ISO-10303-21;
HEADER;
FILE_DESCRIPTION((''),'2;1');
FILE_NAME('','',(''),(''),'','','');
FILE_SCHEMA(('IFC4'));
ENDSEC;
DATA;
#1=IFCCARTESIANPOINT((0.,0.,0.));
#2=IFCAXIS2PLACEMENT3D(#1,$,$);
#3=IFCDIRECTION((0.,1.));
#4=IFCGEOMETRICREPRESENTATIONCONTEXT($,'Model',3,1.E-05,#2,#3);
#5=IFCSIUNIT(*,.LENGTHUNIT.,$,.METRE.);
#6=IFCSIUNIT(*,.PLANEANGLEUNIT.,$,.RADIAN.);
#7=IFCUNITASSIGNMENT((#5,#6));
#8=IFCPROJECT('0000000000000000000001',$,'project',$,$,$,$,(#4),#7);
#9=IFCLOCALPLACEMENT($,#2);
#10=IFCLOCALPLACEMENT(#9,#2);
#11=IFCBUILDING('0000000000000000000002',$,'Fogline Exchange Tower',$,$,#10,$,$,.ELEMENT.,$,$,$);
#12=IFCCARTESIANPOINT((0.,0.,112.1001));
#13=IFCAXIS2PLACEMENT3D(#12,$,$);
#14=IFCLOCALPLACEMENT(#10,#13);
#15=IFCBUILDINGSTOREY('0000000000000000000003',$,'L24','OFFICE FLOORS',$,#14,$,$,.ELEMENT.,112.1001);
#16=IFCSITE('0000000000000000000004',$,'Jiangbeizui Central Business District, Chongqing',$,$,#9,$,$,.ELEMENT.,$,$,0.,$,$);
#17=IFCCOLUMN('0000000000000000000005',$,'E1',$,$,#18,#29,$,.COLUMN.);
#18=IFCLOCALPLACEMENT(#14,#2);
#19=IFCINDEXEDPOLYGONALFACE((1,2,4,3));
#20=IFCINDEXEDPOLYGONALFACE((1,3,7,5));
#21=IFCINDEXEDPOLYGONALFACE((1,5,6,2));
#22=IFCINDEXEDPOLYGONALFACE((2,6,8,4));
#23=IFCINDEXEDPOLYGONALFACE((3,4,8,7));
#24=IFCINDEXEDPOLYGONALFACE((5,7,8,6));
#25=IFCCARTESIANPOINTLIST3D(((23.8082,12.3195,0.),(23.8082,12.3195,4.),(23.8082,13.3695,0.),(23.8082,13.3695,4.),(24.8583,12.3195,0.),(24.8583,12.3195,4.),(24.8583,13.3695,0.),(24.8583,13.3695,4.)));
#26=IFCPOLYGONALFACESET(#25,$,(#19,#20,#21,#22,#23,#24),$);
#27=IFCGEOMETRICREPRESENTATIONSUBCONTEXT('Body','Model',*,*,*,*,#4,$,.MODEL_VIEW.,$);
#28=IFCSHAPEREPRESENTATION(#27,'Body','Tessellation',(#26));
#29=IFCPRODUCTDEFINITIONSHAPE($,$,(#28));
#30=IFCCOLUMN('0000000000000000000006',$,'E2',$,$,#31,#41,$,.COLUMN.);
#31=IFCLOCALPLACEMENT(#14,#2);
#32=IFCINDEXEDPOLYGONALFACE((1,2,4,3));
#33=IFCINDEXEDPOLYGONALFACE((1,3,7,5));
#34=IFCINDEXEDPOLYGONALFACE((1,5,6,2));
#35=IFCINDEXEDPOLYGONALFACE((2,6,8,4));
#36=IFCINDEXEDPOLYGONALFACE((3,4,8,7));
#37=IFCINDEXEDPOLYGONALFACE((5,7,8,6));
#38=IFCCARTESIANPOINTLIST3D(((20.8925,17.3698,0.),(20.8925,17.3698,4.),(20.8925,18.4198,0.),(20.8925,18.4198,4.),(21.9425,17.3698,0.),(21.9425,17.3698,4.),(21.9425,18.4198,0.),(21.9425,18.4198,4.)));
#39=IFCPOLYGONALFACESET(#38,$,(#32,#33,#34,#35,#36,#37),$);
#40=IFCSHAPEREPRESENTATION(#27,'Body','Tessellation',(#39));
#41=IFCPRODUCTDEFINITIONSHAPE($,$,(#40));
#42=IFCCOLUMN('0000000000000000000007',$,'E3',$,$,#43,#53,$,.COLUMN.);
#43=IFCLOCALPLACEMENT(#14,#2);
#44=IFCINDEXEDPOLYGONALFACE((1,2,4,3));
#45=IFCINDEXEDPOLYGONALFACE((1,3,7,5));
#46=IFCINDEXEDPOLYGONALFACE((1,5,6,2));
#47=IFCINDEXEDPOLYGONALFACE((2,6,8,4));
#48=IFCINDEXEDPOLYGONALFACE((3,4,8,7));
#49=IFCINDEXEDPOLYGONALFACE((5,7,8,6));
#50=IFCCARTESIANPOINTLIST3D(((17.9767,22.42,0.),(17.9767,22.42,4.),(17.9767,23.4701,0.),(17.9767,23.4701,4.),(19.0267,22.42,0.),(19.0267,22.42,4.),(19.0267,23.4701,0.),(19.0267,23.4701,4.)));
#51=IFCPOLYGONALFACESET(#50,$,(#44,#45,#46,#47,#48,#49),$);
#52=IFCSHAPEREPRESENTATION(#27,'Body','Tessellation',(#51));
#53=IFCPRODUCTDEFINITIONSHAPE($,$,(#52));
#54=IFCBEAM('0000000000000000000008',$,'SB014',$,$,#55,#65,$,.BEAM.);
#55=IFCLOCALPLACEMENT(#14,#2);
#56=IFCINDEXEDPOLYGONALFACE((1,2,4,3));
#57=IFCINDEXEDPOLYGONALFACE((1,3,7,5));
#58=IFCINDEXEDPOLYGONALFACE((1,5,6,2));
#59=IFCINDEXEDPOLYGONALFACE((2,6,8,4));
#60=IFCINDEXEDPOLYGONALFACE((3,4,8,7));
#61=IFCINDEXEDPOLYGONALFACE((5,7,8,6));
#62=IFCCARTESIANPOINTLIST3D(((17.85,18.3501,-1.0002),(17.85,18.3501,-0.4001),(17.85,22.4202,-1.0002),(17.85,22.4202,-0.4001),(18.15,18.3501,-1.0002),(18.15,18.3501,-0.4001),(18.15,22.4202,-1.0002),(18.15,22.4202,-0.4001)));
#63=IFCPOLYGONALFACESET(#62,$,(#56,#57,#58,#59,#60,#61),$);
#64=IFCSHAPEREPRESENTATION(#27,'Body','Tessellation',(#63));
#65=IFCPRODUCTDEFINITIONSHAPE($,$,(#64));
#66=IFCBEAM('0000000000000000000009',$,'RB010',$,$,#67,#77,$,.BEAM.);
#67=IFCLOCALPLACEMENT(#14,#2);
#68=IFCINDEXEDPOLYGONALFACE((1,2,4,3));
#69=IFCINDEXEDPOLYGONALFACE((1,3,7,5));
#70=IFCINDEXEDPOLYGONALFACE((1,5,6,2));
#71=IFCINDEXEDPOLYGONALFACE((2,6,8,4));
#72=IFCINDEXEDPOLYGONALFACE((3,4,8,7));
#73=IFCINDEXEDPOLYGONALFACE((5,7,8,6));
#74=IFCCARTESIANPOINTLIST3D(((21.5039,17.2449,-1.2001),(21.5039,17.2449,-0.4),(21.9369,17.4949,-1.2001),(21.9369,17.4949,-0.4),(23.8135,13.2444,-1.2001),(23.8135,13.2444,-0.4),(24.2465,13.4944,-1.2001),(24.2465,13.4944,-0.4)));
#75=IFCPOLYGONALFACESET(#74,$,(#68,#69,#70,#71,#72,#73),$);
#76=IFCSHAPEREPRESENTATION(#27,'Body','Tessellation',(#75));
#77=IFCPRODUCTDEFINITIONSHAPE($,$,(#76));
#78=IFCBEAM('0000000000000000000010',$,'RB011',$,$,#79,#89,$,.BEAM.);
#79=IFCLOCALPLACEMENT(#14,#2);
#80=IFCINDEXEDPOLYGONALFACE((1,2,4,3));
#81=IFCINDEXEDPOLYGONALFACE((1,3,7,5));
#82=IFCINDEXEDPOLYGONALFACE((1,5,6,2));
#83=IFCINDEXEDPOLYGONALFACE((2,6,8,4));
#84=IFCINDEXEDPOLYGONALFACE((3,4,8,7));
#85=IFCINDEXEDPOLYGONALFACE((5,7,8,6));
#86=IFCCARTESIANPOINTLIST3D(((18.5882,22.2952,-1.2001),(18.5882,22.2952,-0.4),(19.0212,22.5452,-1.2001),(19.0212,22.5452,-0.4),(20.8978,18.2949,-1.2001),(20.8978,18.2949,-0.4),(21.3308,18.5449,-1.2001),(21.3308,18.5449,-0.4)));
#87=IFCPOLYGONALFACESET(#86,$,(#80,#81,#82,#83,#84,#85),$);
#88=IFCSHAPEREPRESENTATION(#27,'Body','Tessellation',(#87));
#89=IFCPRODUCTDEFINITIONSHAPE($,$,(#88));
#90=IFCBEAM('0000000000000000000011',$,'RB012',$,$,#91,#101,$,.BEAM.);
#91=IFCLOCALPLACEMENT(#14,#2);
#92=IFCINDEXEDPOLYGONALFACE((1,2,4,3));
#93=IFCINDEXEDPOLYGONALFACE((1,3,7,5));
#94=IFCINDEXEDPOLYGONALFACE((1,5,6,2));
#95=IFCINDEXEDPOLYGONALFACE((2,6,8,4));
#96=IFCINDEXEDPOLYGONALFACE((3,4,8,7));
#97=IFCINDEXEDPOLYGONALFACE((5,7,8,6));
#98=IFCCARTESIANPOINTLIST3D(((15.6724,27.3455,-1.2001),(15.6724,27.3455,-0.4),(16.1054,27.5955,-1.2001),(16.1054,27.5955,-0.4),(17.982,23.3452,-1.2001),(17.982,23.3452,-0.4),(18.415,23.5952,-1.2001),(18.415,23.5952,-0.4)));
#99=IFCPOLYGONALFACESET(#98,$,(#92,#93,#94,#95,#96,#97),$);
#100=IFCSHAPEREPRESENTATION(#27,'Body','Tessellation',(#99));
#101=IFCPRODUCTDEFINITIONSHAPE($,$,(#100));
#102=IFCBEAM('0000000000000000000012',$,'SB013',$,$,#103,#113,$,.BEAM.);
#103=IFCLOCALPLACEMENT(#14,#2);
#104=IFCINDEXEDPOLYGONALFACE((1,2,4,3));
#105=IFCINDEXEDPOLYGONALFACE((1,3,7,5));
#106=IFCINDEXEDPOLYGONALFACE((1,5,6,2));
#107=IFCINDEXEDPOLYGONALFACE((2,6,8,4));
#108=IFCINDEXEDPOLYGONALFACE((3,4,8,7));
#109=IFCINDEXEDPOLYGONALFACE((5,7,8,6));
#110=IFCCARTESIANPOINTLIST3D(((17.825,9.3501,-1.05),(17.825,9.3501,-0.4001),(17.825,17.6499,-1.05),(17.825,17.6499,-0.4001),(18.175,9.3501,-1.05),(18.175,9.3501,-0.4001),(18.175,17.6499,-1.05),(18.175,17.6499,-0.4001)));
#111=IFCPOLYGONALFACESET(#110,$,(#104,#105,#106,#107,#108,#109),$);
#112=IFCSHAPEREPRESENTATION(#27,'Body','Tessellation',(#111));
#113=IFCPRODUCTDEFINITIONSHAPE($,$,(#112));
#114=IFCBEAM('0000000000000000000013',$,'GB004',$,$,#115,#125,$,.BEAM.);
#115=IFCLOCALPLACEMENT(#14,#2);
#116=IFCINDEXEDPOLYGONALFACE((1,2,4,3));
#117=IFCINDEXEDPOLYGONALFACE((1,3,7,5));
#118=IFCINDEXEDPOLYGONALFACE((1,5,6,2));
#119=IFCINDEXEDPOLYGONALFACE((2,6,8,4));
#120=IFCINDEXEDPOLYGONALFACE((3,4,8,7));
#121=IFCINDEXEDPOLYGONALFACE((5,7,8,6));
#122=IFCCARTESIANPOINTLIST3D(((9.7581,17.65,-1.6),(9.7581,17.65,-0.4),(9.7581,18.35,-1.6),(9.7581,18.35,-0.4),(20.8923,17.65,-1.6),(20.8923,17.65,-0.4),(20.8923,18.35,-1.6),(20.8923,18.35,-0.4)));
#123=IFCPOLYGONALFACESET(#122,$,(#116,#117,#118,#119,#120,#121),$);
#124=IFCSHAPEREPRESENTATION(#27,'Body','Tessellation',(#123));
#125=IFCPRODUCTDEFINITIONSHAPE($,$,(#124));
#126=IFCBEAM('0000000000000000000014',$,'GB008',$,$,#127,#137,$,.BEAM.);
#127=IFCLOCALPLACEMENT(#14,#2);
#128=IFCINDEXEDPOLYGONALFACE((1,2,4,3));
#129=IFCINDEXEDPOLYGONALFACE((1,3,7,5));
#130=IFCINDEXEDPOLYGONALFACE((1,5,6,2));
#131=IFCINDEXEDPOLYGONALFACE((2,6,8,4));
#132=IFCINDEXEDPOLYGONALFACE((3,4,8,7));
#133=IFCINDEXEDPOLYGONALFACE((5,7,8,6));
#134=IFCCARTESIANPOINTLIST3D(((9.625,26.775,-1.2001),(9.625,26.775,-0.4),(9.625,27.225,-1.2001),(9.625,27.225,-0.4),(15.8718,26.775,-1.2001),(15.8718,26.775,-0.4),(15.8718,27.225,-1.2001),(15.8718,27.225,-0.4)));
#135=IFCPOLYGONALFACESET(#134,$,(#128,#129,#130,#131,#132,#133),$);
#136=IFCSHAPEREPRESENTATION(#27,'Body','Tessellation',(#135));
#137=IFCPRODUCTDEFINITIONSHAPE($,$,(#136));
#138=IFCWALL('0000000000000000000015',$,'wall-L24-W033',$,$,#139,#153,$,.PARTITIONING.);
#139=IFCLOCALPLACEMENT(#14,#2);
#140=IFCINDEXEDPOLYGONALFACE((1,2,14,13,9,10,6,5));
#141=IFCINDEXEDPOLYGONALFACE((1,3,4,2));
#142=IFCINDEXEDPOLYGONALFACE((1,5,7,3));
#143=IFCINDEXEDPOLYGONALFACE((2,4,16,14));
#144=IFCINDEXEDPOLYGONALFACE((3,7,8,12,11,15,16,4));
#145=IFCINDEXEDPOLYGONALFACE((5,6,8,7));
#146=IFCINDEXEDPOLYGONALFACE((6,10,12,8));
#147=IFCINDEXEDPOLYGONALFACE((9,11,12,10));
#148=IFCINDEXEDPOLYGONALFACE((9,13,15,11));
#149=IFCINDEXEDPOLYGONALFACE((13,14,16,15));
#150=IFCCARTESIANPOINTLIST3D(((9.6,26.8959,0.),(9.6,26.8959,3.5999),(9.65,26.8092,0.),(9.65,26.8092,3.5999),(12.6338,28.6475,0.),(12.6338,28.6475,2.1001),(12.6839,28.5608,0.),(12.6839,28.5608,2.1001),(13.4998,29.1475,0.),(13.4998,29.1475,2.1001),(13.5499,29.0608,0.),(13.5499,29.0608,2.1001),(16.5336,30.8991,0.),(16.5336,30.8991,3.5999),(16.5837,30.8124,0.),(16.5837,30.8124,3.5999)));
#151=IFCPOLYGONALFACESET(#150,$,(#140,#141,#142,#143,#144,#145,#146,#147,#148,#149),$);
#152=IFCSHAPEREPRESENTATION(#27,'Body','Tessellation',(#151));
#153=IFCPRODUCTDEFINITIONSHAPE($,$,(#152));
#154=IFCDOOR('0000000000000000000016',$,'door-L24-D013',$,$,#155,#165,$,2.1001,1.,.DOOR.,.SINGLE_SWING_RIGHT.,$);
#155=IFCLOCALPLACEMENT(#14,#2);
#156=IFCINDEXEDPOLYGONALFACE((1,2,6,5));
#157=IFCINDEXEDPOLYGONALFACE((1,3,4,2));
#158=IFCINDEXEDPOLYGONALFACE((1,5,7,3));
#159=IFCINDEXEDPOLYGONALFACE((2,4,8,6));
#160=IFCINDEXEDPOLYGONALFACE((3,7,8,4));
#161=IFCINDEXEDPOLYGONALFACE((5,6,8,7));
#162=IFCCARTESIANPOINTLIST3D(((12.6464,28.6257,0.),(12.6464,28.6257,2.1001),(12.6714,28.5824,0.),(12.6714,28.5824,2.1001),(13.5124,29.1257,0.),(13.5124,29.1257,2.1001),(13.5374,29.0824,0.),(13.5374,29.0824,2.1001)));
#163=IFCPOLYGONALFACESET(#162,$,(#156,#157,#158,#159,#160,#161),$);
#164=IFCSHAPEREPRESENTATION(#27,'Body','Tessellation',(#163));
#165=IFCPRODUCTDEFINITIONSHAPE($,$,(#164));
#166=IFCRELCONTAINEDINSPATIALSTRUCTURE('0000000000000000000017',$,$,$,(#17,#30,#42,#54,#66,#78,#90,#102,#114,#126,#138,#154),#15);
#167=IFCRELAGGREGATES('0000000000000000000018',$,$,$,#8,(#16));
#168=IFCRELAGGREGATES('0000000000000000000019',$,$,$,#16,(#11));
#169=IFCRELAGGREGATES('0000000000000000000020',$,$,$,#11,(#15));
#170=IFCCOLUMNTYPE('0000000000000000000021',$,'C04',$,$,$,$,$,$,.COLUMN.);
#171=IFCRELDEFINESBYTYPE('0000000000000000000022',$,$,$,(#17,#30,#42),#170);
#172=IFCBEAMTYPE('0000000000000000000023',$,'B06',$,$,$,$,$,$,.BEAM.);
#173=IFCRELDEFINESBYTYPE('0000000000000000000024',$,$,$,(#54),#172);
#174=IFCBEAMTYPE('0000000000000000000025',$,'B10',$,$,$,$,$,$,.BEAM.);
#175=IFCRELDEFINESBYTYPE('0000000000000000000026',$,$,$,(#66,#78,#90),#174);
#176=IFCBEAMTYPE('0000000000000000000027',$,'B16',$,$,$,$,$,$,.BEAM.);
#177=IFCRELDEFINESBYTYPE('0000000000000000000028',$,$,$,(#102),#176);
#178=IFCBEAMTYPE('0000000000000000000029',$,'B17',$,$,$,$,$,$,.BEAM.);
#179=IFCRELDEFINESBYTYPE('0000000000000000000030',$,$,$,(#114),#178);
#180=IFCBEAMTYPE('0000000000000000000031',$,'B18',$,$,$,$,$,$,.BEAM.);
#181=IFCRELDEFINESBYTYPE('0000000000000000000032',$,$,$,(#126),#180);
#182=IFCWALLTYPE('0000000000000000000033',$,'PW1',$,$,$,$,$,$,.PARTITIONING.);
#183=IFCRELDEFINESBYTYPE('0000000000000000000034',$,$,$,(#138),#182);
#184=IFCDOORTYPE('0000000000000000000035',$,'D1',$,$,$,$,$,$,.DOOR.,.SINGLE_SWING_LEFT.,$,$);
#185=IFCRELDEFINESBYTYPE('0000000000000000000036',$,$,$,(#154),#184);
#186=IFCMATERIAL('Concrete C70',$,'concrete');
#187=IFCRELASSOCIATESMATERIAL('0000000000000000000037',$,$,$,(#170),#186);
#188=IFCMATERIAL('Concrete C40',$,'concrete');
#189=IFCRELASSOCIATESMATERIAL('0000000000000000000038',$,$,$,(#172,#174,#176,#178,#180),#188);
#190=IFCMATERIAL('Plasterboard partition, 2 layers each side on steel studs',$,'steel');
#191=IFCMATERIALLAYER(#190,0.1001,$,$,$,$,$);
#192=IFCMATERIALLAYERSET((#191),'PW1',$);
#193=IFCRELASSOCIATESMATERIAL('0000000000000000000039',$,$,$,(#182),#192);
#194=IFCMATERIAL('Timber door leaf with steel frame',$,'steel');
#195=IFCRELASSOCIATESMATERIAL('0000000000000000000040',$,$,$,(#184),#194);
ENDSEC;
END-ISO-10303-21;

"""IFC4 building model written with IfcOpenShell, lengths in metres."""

from ifc_helpers import new_model, si_unit, direction, frame, frame_2d, origin, origin_2d, place, context, subcontext, project, spatial, rectangle, extrude, material, layer, layer_set, material_profile, profile_set, type_object, element, fill, save


model = new_model("IFC4")

# Units and contexts
model_context = context("Model", 3, precision=1e-05, world=origin(), true_north=direction((0.0, 1.0)))
body_context = subcontext(model_context, "Body", "Model", "MODEL_VIEW")
ifc_project = project(units=[si_unit("LENGTHUNIT", "METRE"), si_unit("PLANEANGLEUNIT", "RADIAN")], contexts=[model_context])

# Site, building, storey
site_placement = place(None, origin())
site = spatial("IfcSite", under=ifc_project, at=site_placement, Name="Jiangbeizui Central Business District, Chongqing", CompositionType="ELEMENT", RefElevation=0.0)
building_placement = place(site_placement, origin())
building = spatial("IfcBuilding", under=site, at=building_placement, Name="Fogline Exchange Tower", CompositionType="ELEMENT")
storey_placement = place(building_placement, frame((0.0, 0.0, 112.1001)))
storey = spatial("IfcBuildingStorey", under=building, at=storey_placement, Name="L24", Description="OFFICE FLOORS", CompositionType="ELEMENT", Elevation=112.1001)

# Columns
ifc_material_1 = material(Name="Concrete C70", Category="concrete")
ifc_material_profile_1 = material_profile(ifc_material_1, rectangle(XDim=1.05, YDim=1.05, at=origin_2d()), Name="RC 1050x1050")
ifc_profile_set_1 = profile_set([ifc_material_profile_1], Name="Concrete C70")
column_type = type_object("IfcColumnType", Name="C04", PredefinedType="COLUMN", material=ifc_profile_set_1)
for number, where, z_axis, x_axis, name in (
    (1, (24.3333, 12.8445, 0.0), (0.0, 0.0, 1.0), (1.0, 0.0, 0.0), "E1"),
    (2, (21.4175, 17.8948, 0.0), (0.0, 0.0, 1.0), (1.0, 0.0, 0.0), "E2"),
    (3, (18.5017, 22.9451, 0.0), (0.0, 0.0, 1.0), (1.0, 0.0, 0.0), "E3"),
):
    element("IfcColumn", number, at=place(storey_placement, frame(where, z_axis=z_axis, x_axis=x_axis)), inside=storey, type_object=column_type, Name=name, PredefinedType="COLUMN", context=body_context, shape_type="SweptSolid", body=[
        extrude(rectangle(XDim=1.05, YDim=1.05, at=origin_2d()), origin(), (0.0, 0.0, 1.0), 4.0),
    ])

# Beams
ifc_material_2 = material(Name="Concrete C40", Category="concrete")
ifc_material_profile_2 = material_profile(ifc_material_2, rectangle(XDim=0.3, YDim=0.6001, at=origin_2d()), Name="RC 300x600")
ifc_profile_set_2 = profile_set([ifc_material_profile_2], Name="Concrete C40")
beam_type_1 = type_object("IfcBeamType", Name="B06", PredefinedType="BEAM", material=ifc_profile_set_2)
beam_1_placement = place(storey_placement, frame((18.0, 18.3501, -0.7002), z_axis=(0.0, 1.0, 0.0), x_axis=(-1.0, 0.0, 0.0)))
element("IfcBeam", 4, at=beam_1_placement, inside=storey, type_object=beam_type_1, Name="SB014", PredefinedType="BEAM", context=body_context, shape_type="SweptSolid", body=[
    extrude(rectangle(XDim=0.3, YDim=0.6001, at=origin_2d()), origin(), (0.0, 0.0, 1.0), 4.0701),
])
ifc_material_profile_3 = material_profile(ifc_material_2, rectangle(XDim=0.5, YDim=0.8, at=origin_2d()), Name="RC 500x800")
ifc_profile_set_3 = profile_set([ifc_material_profile_3], Name="Concrete C40")
beam_type_2 = type_object("IfcBeamType", Name="B10", PredefinedType="BEAM", material=ifc_profile_set_3)
beam_2_placement = place(storey_placement, frame((24.03, 13.3694, -0.8), z_axis=(-0.499982, 0.866036, 0.0), x_axis=(-0.866036, -0.499982, 0.0)))
element("IfcBeam", 5, at=beam_2_placement, inside=storey, type_object=beam_type_2, Name="RB010", PredefinedType="BEAM", context=body_context, shape_type="SweptSolid", body=[
    extrude(rectangle(XDim=0.5, YDim=0.8, at=origin_2d()), origin(), (0.0, 0.0, 1.0), 4.6194),
])
for number, where, z_axis, x_axis, name in (
    (6, (21.1143, 18.4199, -0.8), (-0.500005, 0.866023, 0.0), (-0.866023, -0.500005, 0.0), "RB011"),
    (7, (18.1985, 23.4702, -0.8), (-0.500005, 0.866023, 0.0), (-0.866023, -0.500005, 0.0), "RB012"),
):
    element("IfcBeam", number, at=place(storey_placement, frame(where, z_axis=z_axis, x_axis=x_axis)), inside=storey, type_object=beam_type_2, Name=name, PredefinedType="BEAM", context=body_context, shape_type="SweptSolid", body=[
        extrude(rectangle(XDim=0.5, YDim=0.8, at=origin_2d()), origin(), (0.0, 0.0, 1.0), 4.6191),
    ])
ifc_material_profile_4 = material_profile(ifc_material_2, rectangle(XDim=0.3501, YDim=0.6499, at=origin_2d()), Name="RC 350x650")
ifc_profile_set_4 = profile_set([ifc_material_profile_4], Name="Concrete C40")
beam_type_3 = type_object("IfcBeamType", Name="B16", PredefinedType="BEAM", material=ifc_profile_set_4)
beam_3_placement = place(storey_placement, frame((18.0, 9.3501, -0.7251), z_axis=(0.0, 1.0, 0.0), x_axis=(-1.0, 0.0, 0.0)))
element("IfcBeam", 8, at=beam_3_placement, inside=storey, type_object=beam_type_3, Name="SB013", PredefinedType="BEAM", context=body_context, shape_type="SweptSolid", body=[
    extrude(rectangle(XDim=0.3501, YDim=0.6499, at=origin_2d()), origin(), (0.0, 0.0, 1.0), 8.2998),
])
ifc_material_profile_5 = material_profile(ifc_material_2, rectangle(XDim=0.7, YDim=1.2, at=origin_2d()), Name="RC 700x1200")
ifc_profile_set_5 = profile_set([ifc_material_profile_5], Name="Concrete C40")
beam_type_4 = type_object("IfcBeamType", Name="B17", PredefinedType="BEAM", material=ifc_profile_set_5)
beam_4_placement = place(storey_placement, frame((9.7581, 18.0, -1.0), z_axis=(1.0, 0.0, 0.0), x_axis=(0.0, 1.0, 0.0)))
element("IfcBeam", 9, at=beam_4_placement, inside=storey, type_object=beam_type_4, Name="GB004", PredefinedType="BEAM", context=body_context, shape_type="SweptSolid", body=[
    extrude(rectangle(XDim=0.7, YDim=1.2, at=origin_2d()), origin(), (0.0, 0.0, 1.0), 11.1343),
])
ifc_material_profile_6 = material_profile(ifc_material_2, rectangle(XDim=0.45, YDim=0.8, at=origin_2d()), Name="RC 450x800")
ifc_profile_set_6 = profile_set([ifc_material_profile_6], Name="Concrete C40")
beam_type_5 = type_object("IfcBeamType", Name="B18", PredefinedType="BEAM", material=ifc_profile_set_6)
beam_5_placement = place(storey_placement, frame((9.625, 27.0, -0.8), z_axis=(1.0, 0.0, 0.0), x_axis=(0.0, 1.0, 0.0)))
element("IfcBeam", 10, at=beam_5_placement, inside=storey, type_object=beam_type_5, Name="GB008", PredefinedType="BEAM", context=body_context, shape_type="SweptSolid", body=[
    extrude(rectangle(XDim=0.45, YDim=0.8, at=origin_2d()), origin(), (0.0, 0.0, 1.0), 6.2468),
])

# Wall, opening, door
ifc_material_3 = material(Name="Plasterboard partition, 2 layers each side on steel studs", Category="steel")
ifc_layer_1 = layer(ifc_material_3, 0.1001)
ifc_layer_set_1 = layer_set([ifc_layer_1], Name="PW1")
wall_type_1 = type_object("IfcWallType", Name="PW1", PredefinedType="PARTITIONING", material=ifc_layer_set_1)
wall_1_placement = place(storey_placement, frame((9.625, 26.8525, 0.0), z_axis=(0.0, 0.0, 1.0), x_axis=(0.866022, 0.500006, 0.0)))
wall_1 = element("IfcWall", 11, at=wall_1_placement, inside=storey, type_object=wall_type_1, Name="wall-L24-W033", PredefinedType="PARTITIONING", context=body_context, shape_type="SweptSolid", body=[
    extrude(rectangle(XDim=8.0063, YDim=0.1001, at=frame_2d((4.0032, 0.0))), origin(), (0.0, 0.0, 1.0), 3.5999),
])
opening_1_placement = place(wall_1_placement, frame((3.5032, 0.0, 0.0)))
opening_1 = element("IfcOpeningElement", 12, at=opening_1_placement, cuts=wall_1, PredefinedType="OPENING", context=body_context, shape_type="SweptSolid", body=[
    extrude(rectangle(XDim=1.0, YDim=2.1001, at=frame_2d((0.5, 1.05))), frame((0.0, 0.0601, 0.0), z_axis=(0.0, -1.0, 0.0), x_axis=(1.0, 0.0, 0.0)), (0.0, 0.0, 1.0), 0.1201),
])
ifc_material_4 = material(Name="Timber door leaf with steel frame", Category="steel")
door_type_1 = type_object("IfcDoorType", Name="D1", OperationType="SINGLE_SWING_LEFT", PredefinedType="DOOR", material=ifc_material_4)
door_1_placement = place(opening_1_placement, origin())
door_1 = element("IfcDoor", 13, at=door_1_placement, inside=storey, type_object=door_type_1, Name="door-L24-D013", OperationType="SINGLE_SWING_RIGHT", OverallHeight=2.1001, OverallWidth=1.0, PredefinedType="DOOR", context=body_context, shape_type="SweptSolid", body=[
    extrude(rectangle(XDim=1.0, YDim=2.1001, at=frame_2d((0.5, 1.05))), frame((0.0, 0.0249, 0.0), z_axis=(0.0, -1.0, 0.0), x_axis=(1.0, 0.0, 0.0)), (0.0, 0.0, 1.0), 0.05),
])
fill(opening_1, door_1)

save(model, "model.ifc")
